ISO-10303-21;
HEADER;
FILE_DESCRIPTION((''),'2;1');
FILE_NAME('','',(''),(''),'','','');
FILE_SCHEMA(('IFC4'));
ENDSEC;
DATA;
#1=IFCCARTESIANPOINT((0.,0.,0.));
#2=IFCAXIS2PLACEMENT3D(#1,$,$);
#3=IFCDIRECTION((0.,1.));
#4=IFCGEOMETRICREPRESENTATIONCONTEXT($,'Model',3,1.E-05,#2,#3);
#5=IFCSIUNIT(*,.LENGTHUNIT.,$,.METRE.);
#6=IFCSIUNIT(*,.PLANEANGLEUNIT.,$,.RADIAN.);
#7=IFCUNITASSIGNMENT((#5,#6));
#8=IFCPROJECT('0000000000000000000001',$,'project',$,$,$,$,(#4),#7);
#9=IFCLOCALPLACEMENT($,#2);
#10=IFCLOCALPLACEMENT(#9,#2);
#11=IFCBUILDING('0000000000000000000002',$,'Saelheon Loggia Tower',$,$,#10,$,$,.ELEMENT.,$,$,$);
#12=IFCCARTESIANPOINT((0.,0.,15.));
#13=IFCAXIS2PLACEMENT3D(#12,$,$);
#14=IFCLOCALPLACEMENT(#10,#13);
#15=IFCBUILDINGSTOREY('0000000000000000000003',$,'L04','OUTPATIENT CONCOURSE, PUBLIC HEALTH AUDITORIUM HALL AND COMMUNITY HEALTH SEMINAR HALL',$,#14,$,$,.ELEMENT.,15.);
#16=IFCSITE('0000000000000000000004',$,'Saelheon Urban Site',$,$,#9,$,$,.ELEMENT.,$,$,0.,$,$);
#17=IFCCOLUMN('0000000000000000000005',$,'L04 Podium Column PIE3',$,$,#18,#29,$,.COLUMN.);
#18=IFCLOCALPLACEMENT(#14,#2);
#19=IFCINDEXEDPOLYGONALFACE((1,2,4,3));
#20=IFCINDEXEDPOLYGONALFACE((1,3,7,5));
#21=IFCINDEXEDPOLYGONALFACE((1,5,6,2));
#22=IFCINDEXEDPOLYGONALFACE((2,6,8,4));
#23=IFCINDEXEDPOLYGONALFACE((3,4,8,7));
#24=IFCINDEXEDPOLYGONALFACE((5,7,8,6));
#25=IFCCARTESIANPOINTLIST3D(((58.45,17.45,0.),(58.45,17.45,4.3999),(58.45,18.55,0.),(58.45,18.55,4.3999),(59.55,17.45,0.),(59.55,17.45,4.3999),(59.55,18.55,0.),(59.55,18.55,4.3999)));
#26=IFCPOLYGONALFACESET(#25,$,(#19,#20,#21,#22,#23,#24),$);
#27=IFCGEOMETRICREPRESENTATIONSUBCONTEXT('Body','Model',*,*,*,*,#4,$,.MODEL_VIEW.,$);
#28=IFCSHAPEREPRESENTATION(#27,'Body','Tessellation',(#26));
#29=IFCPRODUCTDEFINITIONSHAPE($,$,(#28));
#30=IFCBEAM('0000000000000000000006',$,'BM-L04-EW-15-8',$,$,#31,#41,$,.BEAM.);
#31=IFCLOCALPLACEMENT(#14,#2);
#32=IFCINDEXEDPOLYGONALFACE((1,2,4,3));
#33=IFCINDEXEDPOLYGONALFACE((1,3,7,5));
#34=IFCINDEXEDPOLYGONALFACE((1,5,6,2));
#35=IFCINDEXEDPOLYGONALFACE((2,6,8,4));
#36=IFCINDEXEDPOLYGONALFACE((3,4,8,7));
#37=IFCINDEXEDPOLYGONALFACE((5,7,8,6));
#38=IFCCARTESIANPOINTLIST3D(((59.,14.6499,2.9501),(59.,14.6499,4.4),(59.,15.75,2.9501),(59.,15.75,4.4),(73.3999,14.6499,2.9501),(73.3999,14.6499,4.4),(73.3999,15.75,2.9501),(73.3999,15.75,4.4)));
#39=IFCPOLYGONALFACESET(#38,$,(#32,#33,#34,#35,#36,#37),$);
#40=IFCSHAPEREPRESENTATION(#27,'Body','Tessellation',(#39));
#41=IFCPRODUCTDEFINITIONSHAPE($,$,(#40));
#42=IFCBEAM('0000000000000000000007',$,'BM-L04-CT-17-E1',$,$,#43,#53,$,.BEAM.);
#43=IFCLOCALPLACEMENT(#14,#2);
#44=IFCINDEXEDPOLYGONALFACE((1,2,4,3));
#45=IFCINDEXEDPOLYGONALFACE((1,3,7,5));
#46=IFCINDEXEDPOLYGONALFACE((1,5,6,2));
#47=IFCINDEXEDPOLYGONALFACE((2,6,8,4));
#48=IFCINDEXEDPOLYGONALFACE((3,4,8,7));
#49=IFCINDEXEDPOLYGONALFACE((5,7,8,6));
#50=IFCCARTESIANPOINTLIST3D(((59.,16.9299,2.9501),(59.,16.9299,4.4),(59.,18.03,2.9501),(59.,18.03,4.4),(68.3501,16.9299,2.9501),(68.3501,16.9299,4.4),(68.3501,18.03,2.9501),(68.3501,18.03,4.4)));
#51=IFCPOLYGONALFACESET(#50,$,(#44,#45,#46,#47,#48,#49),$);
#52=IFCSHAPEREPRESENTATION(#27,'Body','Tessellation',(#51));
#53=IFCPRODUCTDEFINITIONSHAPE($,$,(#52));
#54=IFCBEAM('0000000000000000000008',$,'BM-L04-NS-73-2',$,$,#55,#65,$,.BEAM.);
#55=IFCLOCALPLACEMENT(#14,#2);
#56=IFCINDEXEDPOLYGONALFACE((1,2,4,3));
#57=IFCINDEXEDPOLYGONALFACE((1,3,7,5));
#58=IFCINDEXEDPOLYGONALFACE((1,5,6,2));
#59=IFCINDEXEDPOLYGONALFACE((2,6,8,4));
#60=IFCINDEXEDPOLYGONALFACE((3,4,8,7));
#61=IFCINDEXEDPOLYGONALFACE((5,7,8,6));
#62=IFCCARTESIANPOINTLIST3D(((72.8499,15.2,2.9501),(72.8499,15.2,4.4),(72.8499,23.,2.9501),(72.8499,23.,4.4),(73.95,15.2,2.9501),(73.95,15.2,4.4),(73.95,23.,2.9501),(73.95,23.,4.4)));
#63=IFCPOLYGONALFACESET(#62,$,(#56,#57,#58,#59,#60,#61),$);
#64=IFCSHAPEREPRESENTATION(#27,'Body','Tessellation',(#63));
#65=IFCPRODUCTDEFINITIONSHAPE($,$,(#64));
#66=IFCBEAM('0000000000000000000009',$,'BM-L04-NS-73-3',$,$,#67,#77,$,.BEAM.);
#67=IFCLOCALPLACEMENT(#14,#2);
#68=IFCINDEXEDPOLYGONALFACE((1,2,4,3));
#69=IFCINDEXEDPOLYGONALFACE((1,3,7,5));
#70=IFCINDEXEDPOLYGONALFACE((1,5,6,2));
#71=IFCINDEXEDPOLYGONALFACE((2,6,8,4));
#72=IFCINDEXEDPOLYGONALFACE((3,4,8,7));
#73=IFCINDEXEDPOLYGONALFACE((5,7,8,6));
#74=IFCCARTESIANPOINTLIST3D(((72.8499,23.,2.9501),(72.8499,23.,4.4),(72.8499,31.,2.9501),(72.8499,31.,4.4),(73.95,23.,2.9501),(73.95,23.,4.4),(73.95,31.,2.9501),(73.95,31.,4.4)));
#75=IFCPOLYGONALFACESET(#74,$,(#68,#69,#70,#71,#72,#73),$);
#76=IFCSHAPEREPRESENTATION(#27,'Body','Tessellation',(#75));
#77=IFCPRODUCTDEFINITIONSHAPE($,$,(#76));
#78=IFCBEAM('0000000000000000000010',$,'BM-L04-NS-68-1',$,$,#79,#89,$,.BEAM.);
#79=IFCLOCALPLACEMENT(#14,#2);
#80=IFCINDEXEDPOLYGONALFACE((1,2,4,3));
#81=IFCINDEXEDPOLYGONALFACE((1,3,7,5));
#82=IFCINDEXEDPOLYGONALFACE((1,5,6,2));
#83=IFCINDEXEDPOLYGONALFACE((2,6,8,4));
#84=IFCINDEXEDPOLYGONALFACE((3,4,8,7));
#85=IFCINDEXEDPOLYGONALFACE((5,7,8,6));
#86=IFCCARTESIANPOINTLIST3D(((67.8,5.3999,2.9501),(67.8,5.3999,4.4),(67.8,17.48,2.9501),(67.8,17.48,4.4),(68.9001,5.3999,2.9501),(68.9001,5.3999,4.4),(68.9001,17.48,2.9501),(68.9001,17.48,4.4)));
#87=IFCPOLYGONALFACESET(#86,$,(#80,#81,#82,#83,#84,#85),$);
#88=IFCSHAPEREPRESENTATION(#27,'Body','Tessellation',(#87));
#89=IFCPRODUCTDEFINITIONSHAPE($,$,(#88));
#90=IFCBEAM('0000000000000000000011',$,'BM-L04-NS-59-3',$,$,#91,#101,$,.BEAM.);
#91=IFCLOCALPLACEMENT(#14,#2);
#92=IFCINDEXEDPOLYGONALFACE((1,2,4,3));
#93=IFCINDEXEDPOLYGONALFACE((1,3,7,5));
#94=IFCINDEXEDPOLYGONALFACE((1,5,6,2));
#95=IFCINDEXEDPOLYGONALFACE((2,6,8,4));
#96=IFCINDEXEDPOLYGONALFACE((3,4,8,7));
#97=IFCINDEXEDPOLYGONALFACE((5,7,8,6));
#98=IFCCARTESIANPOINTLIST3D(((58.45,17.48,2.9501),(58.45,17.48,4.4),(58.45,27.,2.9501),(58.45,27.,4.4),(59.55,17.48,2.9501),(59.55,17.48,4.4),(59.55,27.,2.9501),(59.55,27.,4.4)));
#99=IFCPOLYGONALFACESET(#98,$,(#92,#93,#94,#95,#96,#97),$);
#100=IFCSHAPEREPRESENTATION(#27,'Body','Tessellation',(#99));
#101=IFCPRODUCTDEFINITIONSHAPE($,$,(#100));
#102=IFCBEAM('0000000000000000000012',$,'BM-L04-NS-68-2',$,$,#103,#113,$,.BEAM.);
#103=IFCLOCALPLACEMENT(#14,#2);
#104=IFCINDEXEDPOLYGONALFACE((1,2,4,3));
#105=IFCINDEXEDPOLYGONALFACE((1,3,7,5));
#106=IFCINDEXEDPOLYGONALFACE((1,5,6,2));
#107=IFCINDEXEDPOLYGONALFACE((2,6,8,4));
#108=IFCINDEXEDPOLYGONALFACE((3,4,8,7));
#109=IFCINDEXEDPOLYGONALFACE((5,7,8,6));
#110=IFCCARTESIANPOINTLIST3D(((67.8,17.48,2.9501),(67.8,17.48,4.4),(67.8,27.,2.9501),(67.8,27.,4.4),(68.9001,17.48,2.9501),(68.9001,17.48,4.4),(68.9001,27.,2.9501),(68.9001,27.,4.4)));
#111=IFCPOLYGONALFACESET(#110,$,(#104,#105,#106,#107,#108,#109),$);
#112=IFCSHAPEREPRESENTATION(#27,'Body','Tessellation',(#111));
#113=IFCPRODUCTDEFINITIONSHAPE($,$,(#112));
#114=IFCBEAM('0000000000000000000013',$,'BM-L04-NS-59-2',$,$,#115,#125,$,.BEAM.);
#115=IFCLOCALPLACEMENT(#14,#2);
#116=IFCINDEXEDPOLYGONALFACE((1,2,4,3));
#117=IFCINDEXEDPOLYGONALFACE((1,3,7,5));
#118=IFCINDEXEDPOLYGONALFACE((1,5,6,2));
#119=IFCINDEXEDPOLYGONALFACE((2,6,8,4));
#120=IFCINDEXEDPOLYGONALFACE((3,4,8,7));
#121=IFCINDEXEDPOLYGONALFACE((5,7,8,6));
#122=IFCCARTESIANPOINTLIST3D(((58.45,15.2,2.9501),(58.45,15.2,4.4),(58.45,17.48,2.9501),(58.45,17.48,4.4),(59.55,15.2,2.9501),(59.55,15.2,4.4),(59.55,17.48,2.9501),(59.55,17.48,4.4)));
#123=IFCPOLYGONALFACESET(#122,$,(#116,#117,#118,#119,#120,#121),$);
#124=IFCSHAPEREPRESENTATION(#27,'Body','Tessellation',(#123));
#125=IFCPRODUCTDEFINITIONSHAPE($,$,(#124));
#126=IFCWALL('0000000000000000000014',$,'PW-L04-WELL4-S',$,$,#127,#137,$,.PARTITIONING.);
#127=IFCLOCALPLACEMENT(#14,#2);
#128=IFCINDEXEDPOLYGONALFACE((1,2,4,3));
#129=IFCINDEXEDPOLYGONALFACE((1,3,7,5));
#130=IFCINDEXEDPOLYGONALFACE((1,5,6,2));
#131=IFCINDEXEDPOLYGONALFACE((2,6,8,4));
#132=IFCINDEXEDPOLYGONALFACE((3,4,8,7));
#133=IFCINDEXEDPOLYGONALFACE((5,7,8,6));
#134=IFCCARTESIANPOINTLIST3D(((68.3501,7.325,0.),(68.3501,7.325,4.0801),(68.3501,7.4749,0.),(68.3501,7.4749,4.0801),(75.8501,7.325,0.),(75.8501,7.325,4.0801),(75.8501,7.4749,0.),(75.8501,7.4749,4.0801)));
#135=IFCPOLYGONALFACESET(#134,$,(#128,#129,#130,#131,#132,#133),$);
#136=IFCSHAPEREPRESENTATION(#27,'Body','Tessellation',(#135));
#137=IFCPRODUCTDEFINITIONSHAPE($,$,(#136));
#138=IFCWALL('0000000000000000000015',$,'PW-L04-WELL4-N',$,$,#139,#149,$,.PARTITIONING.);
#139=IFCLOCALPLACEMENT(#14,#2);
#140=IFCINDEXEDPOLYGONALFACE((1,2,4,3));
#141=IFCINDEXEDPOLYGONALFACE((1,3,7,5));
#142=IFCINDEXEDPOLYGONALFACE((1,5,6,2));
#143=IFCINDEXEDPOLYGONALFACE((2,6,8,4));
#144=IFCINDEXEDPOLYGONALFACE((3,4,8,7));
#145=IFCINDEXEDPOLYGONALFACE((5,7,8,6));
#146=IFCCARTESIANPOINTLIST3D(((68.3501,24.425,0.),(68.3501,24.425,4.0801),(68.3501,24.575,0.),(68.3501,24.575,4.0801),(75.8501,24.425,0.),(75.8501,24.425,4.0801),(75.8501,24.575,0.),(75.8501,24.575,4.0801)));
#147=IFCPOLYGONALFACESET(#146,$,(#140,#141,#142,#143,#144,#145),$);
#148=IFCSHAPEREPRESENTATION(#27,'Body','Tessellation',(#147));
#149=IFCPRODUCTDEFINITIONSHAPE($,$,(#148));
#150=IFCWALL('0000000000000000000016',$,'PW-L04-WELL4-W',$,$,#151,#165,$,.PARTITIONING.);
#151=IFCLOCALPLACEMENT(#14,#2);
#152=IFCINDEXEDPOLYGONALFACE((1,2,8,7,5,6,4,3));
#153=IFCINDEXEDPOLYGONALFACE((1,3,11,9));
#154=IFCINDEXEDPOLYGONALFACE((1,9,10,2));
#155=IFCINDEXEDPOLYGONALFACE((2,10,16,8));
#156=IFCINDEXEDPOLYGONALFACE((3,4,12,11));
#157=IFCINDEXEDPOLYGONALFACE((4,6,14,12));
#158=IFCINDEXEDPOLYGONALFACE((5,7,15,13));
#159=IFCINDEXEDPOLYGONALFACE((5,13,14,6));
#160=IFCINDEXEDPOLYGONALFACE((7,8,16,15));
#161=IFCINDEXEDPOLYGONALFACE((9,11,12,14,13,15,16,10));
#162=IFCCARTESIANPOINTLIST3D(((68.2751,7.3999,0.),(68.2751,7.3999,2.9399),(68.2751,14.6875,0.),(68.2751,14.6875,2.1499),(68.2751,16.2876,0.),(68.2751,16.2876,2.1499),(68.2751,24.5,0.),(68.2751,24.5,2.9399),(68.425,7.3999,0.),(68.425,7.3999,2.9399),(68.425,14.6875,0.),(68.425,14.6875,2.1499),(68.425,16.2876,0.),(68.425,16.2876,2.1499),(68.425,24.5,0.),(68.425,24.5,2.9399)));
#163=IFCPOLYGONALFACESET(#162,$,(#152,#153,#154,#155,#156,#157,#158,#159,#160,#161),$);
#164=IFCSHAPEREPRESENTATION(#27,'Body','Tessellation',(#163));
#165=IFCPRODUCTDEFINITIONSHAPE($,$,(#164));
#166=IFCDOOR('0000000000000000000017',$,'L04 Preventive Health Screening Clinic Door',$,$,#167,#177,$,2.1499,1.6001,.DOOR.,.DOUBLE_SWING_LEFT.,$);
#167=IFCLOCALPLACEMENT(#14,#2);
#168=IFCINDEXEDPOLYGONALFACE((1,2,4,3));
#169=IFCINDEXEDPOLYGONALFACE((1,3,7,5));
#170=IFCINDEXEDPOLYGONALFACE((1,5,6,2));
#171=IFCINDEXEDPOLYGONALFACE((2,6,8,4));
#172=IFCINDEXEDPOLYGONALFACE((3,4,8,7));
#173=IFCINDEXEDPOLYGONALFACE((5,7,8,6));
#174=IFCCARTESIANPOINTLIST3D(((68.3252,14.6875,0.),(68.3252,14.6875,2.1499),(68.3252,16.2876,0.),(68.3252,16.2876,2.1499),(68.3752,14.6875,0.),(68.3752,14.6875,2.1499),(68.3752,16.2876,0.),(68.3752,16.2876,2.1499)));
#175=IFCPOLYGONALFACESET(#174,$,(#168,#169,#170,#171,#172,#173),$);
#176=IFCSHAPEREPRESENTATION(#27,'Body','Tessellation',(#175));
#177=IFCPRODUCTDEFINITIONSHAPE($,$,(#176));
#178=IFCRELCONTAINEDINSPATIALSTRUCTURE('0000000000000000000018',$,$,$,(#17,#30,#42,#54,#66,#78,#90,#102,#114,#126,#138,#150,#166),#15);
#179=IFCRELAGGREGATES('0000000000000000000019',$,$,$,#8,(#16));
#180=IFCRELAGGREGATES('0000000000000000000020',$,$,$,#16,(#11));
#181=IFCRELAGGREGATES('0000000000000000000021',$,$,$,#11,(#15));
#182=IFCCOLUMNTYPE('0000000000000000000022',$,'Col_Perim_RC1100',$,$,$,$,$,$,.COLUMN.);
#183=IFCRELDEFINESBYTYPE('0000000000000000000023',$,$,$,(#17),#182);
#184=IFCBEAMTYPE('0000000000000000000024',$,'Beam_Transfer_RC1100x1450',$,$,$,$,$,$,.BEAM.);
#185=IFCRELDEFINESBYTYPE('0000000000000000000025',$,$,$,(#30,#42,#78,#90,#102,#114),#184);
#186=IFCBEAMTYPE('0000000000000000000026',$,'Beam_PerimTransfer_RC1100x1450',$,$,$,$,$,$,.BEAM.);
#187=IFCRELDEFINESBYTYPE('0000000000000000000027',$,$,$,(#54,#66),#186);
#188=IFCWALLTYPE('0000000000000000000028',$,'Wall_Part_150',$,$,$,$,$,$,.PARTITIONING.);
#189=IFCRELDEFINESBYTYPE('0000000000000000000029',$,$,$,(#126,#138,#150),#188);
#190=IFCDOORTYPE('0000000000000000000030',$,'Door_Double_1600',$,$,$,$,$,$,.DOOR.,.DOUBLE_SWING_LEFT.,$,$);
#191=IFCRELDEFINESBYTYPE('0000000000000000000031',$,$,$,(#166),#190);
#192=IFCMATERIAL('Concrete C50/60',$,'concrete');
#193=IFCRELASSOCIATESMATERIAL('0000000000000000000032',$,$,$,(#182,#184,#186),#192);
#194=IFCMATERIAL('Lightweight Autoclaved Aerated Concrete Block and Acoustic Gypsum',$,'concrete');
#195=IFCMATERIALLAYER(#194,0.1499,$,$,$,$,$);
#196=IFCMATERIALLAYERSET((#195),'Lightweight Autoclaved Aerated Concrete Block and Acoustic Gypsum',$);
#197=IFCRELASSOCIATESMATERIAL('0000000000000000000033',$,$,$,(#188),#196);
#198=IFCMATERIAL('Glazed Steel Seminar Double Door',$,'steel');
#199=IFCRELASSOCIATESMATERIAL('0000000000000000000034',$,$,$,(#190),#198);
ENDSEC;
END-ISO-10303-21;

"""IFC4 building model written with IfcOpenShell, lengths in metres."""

from ifc_helpers import new_model, si_unit, direction, frame, frame_2d, origin, origin_2d, place, context, subcontext, project, spatial, rectangle, extrude, source, transform, mapped, material, layer, layer_set, material_profile, profile_set, type_object, element, fill, save


model = new_model("IFC4")

# Units and contexts
model_context = context("Model", 3, precision=1e-05, world=origin(), true_north=direction((0.0, 1.0)))
body_context = subcontext(model_context, "Body", "Model", "MODEL_VIEW")
ifc_project = project(units=[si_unit("LENGTHUNIT", "METRE"), si_unit("PLANEANGLEUNIT", "RADIAN")], contexts=[model_context])

# Site, building, storey
site_placement = place(None, origin())
site = spatial("IfcSite", under=ifc_project, at=site_placement, Name="Saelheon Urban Site", CompositionType="ELEMENT", RefElevation=0.0)
building_placement = place(site_placement, origin())
building = spatial("IfcBuilding", under=site, at=building_placement, Name="Saelheon Loggia Tower", CompositionType="ELEMENT")
storey_placement = place(building_placement, frame((0.0, 0.0, 15.0)))
storey = spatial("IfcBuildingStorey", under=building, at=storey_placement, Name="L04", Description="OUTPATIENT CONCOURSE, PUBLIC HEALTH AUDITORIUM HALL AND COMMUNITY HEALTH SEMINAR HALL", CompositionType="ELEMENT", Elevation=15.0)

# Column
ifc_material_1 = material(Name="Concrete C50/60", Category="concrete")
ifc_material_profile_1 = material_profile(ifc_material_1, rectangle(XDim=1.1001, YDim=1.1001, at=origin_2d()), Name="RC-1100x1100")
ifc_profile_set_1 = profile_set([ifc_material_profile_1], Name="Concrete C50/60")
column_type_1 = type_object("IfcColumnType", Name="Col_Perim_RC1100", PredefinedType="COLUMN", material=ifc_profile_set_1)
shared_shape_1 = source(origin(), body_context, "Body", "SweptSolid", [
    extrude(rectangle(XDim=1.1001, YDim=1.1001, at=origin_2d()), origin(), (0.0, 0.0, 1.0), 4.3999),
])
for number, where, z_axis, x_axis, name in (
    (1, (59.0, 18.0, 0.0), (0.0, 0.0, 1.0), (1.0, 0.0, 0.0), "L04 Podium Column PIE3"),
):
    element("IfcColumn", number, at=place(storey_placement, frame(where, z_axis=z_axis, x_axis=x_axis)), inside=storey, type_object=column_type_1, Name=name, PredefinedType="COLUMN", context=body_context, shape_type="MappedRepresentation", body=[
        mapped(shared_shape_1, transform((0.0, 0.0, 0.0), scale=1.0)),
    ])

# Beams
ifc_material_profile_2 = material_profile(ifc_material_1, rectangle(XDim=1.1001, YDim=1.45, at=origin_2d()), Name="RC-1100x1450")
ifc_profile_set_2 = profile_set([ifc_material_profile_2], Name="Concrete C50/60")
beam_type_1 = type_object("IfcBeamType", Name="Beam_Transfer_RC1100x1450", PredefinedType="BEAM", material=ifc_profile_set_2)
shared_shape_2 = source(origin(), body_context, "Body", "SweptSolid", [
    extrude(rectangle(XDim=1.1001, YDim=1.45, at=origin_2d()), origin(), (0.0, 0.0, 1.0), 14.3999),
])
beam_1_placement = place(storey_placement, frame((59.0, 15.2, 3.675), z_axis=(1.0, 0.0, 0.0), x_axis=(0.0, 1.0, 0.0)))
element("IfcBeam", 2, at=beam_1_placement, inside=storey, type_object=beam_type_1, Name="BM-L04-EW-15-8", PredefinedType="BEAM", context=body_context, shape_type="MappedRepresentation", body=[
    mapped(shared_shape_2, transform((0.0, 0.0, 0.0), scale=1.0)),
])
shared_shape_3 = source(origin(), body_context, "Body", "SweptSolid", [
    extrude(rectangle(XDim=1.1001, YDim=1.45, at=origin_2d()), origin(), (0.0, 0.0, 1.0), 9.3501),
])
beam_2_placement = place(storey_placement, frame((59.0, 17.48, 3.675), z_axis=(1.0, 0.0, 0.0), x_axis=(0.0, 1.0, 0.0)))
element("IfcBeam", 3, at=beam_2_placement, inside=storey, type_object=beam_type_1, Name="BM-L04-CT-17-E1", PredefinedType="BEAM", context=body_context, shape_type="MappedRepresentation", body=[
    mapped(shared_shape_3, transform((0.0, 0.0, 0.0), scale=1.0)),
])
ifc_material_profile_3 = material_profile(ifc_material_1, rectangle(XDim=1.1001, YDim=1.45, at=origin_2d()), Name="RC-1100x1450")
ifc_profile_set_3 = profile_set([ifc_material_profile_3], Name="Concrete C50/60")
beam_type_2 = type_object("IfcBeamType", Name="Beam_PerimTransfer_RC1100x1450", PredefinedType="BEAM", material=ifc_profile_set_3)
shared_shape_4 = source(origin(), body_context, "Body", "SweptSolid", [
    extrude(rectangle(XDim=1.1001, YDim=1.45, at=origin_2d()), origin(), (0.0, 0.0, 1.0), 7.8),
])
beam_3_placement = place(storey_placement, frame((73.3999, 15.2, 3.675), z_axis=(0.0, 1.0, 0.0), x_axis=(-1.0, 0.0, 0.0)))
element("IfcBeam", 4, at=beam_3_placement, inside=storey, type_object=beam_type_2, Name="BM-L04-NS-73-2", PredefinedType="BEAM", context=body_context, shape_type="MappedRepresentation", body=[
    mapped(shared_shape_4, transform((0.0, 0.0, 0.0), scale=1.0)),
])
shared_shape_5 = source(origin(), body_context, "Body", "SweptSolid", [
    extrude(rectangle(XDim=1.1001, YDim=1.45, at=origin_2d()), origin(), (0.0, 0.0, 1.0), 8.0),
])
beam_4_placement = place(storey_placement, frame((73.3999, 23.0, 3.675), z_axis=(0.0, 1.0, 0.0), x_axis=(-1.0, 0.0, 0.0)))
element("IfcBeam", 5, at=beam_4_placement, inside=storey, type_object=beam_type_2, Name="BM-L04-NS-73-3", PredefinedType="BEAM", context=body_context, shape_type="MappedRepresentation", body=[
    mapped(shared_shape_5, transform((0.0, 0.0, 0.0), scale=1.0)),
])
shared_shape_6 = source(origin(), body_context, "Body", "SweptSolid", [
    extrude(rectangle(XDim=1.1001, YDim=1.45, at=origin_2d()), origin(), (0.0, 0.0, 1.0), 12.0801),
])
beam_5_placement = place(storey_placement, frame((68.3501, 5.3999, 3.675), z_axis=(0.0, 1.0, 0.0), x_axis=(-1.0, 0.0, 0.0)))
element("IfcBeam", 6, at=beam_5_placement, inside=storey, type_object=beam_type_1, Name="BM-L04-NS-68-1", PredefinedType="BEAM", context=body_context, shape_type="MappedRepresentation", body=[
    mapped(shared_shape_6, transform((0.0, 0.0, 0.0), scale=1.0)),
])
shared_shape_7 = source(origin(), body_context, "Body", "SweptSolid", [
    extrude(rectangle(XDim=1.1001, YDim=1.45, at=origin_2d()), origin(), (0.0, 0.0, 1.0), 9.52),
])
for number, where, z_axis, x_axis, name in (
    (7, (59.0, 17.48, 3.675), (0.0, 1.0, 0.0), (-1.0, 0.0, 0.0), "BM-L04-NS-59-3"),
    (8, (68.3501, 17.48, 3.675), (0.0, 1.0, 0.0), (-1.0, 0.0, 0.0), "BM-L04-NS-68-2"),
):
    element("IfcBeam", number, at=place(storey_placement, frame(where, z_axis=z_axis, x_axis=x_axis)), inside=storey, type_object=beam_type_1, Name=name, PredefinedType="BEAM", context=body_context, shape_type="MappedRepresentation", body=[
        mapped(shared_shape_7, transform((0.0, 0.0, 0.0), scale=1.0)),
    ])
shared_shape_8 = source(origin(), body_context, "Body", "SweptSolid", [
    extrude(rectangle(XDim=1.1001, YDim=1.45, at=origin_2d()), origin(), (0.0, 0.0, 1.0), 2.28),
])
beam_6_placement = place(storey_placement, frame((59.0, 15.2, 3.675), z_axis=(0.0, 1.0, 0.0), x_axis=(-1.0, 0.0, 0.0)))
element("IfcBeam", 9, at=beam_6_placement, inside=storey, type_object=beam_type_1, Name="BM-L04-NS-59-2", PredefinedType="BEAM", context=body_context, shape_type="MappedRepresentation", body=[
    mapped(shared_shape_8, transform((0.0, 0.0, 0.0), scale=1.0)),
])

# Walls
ifc_material_2 = material(Name="Lightweight Autoclaved Aerated Concrete Block and Acoustic Gypsum", Category="concrete")
ifc_layer_1 = layer(ifc_material_2, 0.1499)
ifc_layer_set_1 = layer_set([ifc_layer_1], Name="Lightweight Autoclaved Aerated Concrete Block and Acoustic Gypsum")
wall_type_1 = type_object("IfcWallType", Name="Wall_Part_150", PredefinedType="PARTITIONING", material=ifc_layer_set_1)
for number, where, z_axis, x_axis, name in (
    (10, (68.3501, 7.3999, 0.0), (0.0, 0.0, 1.0), (1.0, 0.0, 0.0), "PW-L04-WELL4-S"),
    (11, (68.3501, 24.5, 0.0), (0.0, 0.0, 1.0), (1.0, 0.0, 0.0), "PW-L04-WELL4-N"),
):
    element("IfcWall", number, at=place(storey_placement, frame(where, z_axis=z_axis, x_axis=x_axis)), inside=storey, type_object=wall_type_1, Name=name, PredefinedType="PARTITIONING", context=body_context, shape_type="SweptSolid", body=[
        extrude(rectangle(XDim=7.5, YDim=0.1499, at=frame_2d((3.75, 0.0))), origin(), (0.0, 0.0, 1.0), 4.0801),
    ])

# Wall, opening, door
wall_1_placement = place(storey_placement, frame((68.3501, 7.3999, 0.0), z_axis=(0.0, 0.0, 1.0), x_axis=(0.0, 1.0, 0.0)))
wall_1 = element("IfcWall", 12, at=wall_1_placement, inside=storey, type_object=wall_type_1, Name="PW-L04-WELL4-W", PredefinedType="PARTITIONING", context=body_context, shape_type="SweptSolid", body=[
    extrude(rectangle(XDim=17.1001, YDim=0.1499, at=frame_2d((8.55, 0.0))), origin(), (0.0, 0.0, 1.0), 2.9399),
])
opening_1_placement = place(wall_1_placement, frame((7.2876, 0.0, 0.0)))
opening_1 = element("IfcOpeningElement", 13, at=opening_1_placement, cuts=wall_1, PredefinedType="OPENING", context=body_context, shape_type="SweptSolid", body=[
    extrude(rectangle(XDim=1.6001, YDim=2.1499, at=frame_2d((0.8, 1.075))), frame((0.0, 0.0869, 0.0), z_axis=(0.0, -1.0, 0.0), x_axis=(1.0, 0.0, 0.0)), (0.0, 0.0, 1.0), 0.1738),
])
ifc_material_3 = material(Name="Glazed Steel Seminar Double Door", Category="steel")
door_type_1 = type_object("IfcDoorType", Name="Door_Double_1600", OperationType="DOUBLE_SWING_LEFT", PredefinedType="DOOR", material=ifc_material_3)
shared_shape_9 = source(origin(), body_context, "Body", "SweptSolid", [
    extrude(rectangle(XDim=1.6001, YDim=2.1499, at=frame_2d((0.8, 1.075))), frame((0.0, 0.0249, 0.0), z_axis=(0.0, -1.0, 0.0), x_axis=(1.0, 0.0, 0.0)), (0.0, 0.0, 1.0), 0.05),
])
door_1_placement = place(opening_1_placement, origin())
door_1 = element("IfcDoor", 14, at=door_1_placement, inside=storey, type_object=door_type_1, Name="L04 Preventive Health Screening Clinic Door", OperationType="DOUBLE_SWING_LEFT", OverallHeight=2.1499, OverallWidth=1.6001, PredefinedType="DOOR", context=body_context, shape_type="MappedRepresentation", body=[
    mapped(shared_shape_9, transform((0.0, 0.0, 0.0), scale=1.0)),
])
fill(opening_1, door_1)

save(model, "model.ifc")
